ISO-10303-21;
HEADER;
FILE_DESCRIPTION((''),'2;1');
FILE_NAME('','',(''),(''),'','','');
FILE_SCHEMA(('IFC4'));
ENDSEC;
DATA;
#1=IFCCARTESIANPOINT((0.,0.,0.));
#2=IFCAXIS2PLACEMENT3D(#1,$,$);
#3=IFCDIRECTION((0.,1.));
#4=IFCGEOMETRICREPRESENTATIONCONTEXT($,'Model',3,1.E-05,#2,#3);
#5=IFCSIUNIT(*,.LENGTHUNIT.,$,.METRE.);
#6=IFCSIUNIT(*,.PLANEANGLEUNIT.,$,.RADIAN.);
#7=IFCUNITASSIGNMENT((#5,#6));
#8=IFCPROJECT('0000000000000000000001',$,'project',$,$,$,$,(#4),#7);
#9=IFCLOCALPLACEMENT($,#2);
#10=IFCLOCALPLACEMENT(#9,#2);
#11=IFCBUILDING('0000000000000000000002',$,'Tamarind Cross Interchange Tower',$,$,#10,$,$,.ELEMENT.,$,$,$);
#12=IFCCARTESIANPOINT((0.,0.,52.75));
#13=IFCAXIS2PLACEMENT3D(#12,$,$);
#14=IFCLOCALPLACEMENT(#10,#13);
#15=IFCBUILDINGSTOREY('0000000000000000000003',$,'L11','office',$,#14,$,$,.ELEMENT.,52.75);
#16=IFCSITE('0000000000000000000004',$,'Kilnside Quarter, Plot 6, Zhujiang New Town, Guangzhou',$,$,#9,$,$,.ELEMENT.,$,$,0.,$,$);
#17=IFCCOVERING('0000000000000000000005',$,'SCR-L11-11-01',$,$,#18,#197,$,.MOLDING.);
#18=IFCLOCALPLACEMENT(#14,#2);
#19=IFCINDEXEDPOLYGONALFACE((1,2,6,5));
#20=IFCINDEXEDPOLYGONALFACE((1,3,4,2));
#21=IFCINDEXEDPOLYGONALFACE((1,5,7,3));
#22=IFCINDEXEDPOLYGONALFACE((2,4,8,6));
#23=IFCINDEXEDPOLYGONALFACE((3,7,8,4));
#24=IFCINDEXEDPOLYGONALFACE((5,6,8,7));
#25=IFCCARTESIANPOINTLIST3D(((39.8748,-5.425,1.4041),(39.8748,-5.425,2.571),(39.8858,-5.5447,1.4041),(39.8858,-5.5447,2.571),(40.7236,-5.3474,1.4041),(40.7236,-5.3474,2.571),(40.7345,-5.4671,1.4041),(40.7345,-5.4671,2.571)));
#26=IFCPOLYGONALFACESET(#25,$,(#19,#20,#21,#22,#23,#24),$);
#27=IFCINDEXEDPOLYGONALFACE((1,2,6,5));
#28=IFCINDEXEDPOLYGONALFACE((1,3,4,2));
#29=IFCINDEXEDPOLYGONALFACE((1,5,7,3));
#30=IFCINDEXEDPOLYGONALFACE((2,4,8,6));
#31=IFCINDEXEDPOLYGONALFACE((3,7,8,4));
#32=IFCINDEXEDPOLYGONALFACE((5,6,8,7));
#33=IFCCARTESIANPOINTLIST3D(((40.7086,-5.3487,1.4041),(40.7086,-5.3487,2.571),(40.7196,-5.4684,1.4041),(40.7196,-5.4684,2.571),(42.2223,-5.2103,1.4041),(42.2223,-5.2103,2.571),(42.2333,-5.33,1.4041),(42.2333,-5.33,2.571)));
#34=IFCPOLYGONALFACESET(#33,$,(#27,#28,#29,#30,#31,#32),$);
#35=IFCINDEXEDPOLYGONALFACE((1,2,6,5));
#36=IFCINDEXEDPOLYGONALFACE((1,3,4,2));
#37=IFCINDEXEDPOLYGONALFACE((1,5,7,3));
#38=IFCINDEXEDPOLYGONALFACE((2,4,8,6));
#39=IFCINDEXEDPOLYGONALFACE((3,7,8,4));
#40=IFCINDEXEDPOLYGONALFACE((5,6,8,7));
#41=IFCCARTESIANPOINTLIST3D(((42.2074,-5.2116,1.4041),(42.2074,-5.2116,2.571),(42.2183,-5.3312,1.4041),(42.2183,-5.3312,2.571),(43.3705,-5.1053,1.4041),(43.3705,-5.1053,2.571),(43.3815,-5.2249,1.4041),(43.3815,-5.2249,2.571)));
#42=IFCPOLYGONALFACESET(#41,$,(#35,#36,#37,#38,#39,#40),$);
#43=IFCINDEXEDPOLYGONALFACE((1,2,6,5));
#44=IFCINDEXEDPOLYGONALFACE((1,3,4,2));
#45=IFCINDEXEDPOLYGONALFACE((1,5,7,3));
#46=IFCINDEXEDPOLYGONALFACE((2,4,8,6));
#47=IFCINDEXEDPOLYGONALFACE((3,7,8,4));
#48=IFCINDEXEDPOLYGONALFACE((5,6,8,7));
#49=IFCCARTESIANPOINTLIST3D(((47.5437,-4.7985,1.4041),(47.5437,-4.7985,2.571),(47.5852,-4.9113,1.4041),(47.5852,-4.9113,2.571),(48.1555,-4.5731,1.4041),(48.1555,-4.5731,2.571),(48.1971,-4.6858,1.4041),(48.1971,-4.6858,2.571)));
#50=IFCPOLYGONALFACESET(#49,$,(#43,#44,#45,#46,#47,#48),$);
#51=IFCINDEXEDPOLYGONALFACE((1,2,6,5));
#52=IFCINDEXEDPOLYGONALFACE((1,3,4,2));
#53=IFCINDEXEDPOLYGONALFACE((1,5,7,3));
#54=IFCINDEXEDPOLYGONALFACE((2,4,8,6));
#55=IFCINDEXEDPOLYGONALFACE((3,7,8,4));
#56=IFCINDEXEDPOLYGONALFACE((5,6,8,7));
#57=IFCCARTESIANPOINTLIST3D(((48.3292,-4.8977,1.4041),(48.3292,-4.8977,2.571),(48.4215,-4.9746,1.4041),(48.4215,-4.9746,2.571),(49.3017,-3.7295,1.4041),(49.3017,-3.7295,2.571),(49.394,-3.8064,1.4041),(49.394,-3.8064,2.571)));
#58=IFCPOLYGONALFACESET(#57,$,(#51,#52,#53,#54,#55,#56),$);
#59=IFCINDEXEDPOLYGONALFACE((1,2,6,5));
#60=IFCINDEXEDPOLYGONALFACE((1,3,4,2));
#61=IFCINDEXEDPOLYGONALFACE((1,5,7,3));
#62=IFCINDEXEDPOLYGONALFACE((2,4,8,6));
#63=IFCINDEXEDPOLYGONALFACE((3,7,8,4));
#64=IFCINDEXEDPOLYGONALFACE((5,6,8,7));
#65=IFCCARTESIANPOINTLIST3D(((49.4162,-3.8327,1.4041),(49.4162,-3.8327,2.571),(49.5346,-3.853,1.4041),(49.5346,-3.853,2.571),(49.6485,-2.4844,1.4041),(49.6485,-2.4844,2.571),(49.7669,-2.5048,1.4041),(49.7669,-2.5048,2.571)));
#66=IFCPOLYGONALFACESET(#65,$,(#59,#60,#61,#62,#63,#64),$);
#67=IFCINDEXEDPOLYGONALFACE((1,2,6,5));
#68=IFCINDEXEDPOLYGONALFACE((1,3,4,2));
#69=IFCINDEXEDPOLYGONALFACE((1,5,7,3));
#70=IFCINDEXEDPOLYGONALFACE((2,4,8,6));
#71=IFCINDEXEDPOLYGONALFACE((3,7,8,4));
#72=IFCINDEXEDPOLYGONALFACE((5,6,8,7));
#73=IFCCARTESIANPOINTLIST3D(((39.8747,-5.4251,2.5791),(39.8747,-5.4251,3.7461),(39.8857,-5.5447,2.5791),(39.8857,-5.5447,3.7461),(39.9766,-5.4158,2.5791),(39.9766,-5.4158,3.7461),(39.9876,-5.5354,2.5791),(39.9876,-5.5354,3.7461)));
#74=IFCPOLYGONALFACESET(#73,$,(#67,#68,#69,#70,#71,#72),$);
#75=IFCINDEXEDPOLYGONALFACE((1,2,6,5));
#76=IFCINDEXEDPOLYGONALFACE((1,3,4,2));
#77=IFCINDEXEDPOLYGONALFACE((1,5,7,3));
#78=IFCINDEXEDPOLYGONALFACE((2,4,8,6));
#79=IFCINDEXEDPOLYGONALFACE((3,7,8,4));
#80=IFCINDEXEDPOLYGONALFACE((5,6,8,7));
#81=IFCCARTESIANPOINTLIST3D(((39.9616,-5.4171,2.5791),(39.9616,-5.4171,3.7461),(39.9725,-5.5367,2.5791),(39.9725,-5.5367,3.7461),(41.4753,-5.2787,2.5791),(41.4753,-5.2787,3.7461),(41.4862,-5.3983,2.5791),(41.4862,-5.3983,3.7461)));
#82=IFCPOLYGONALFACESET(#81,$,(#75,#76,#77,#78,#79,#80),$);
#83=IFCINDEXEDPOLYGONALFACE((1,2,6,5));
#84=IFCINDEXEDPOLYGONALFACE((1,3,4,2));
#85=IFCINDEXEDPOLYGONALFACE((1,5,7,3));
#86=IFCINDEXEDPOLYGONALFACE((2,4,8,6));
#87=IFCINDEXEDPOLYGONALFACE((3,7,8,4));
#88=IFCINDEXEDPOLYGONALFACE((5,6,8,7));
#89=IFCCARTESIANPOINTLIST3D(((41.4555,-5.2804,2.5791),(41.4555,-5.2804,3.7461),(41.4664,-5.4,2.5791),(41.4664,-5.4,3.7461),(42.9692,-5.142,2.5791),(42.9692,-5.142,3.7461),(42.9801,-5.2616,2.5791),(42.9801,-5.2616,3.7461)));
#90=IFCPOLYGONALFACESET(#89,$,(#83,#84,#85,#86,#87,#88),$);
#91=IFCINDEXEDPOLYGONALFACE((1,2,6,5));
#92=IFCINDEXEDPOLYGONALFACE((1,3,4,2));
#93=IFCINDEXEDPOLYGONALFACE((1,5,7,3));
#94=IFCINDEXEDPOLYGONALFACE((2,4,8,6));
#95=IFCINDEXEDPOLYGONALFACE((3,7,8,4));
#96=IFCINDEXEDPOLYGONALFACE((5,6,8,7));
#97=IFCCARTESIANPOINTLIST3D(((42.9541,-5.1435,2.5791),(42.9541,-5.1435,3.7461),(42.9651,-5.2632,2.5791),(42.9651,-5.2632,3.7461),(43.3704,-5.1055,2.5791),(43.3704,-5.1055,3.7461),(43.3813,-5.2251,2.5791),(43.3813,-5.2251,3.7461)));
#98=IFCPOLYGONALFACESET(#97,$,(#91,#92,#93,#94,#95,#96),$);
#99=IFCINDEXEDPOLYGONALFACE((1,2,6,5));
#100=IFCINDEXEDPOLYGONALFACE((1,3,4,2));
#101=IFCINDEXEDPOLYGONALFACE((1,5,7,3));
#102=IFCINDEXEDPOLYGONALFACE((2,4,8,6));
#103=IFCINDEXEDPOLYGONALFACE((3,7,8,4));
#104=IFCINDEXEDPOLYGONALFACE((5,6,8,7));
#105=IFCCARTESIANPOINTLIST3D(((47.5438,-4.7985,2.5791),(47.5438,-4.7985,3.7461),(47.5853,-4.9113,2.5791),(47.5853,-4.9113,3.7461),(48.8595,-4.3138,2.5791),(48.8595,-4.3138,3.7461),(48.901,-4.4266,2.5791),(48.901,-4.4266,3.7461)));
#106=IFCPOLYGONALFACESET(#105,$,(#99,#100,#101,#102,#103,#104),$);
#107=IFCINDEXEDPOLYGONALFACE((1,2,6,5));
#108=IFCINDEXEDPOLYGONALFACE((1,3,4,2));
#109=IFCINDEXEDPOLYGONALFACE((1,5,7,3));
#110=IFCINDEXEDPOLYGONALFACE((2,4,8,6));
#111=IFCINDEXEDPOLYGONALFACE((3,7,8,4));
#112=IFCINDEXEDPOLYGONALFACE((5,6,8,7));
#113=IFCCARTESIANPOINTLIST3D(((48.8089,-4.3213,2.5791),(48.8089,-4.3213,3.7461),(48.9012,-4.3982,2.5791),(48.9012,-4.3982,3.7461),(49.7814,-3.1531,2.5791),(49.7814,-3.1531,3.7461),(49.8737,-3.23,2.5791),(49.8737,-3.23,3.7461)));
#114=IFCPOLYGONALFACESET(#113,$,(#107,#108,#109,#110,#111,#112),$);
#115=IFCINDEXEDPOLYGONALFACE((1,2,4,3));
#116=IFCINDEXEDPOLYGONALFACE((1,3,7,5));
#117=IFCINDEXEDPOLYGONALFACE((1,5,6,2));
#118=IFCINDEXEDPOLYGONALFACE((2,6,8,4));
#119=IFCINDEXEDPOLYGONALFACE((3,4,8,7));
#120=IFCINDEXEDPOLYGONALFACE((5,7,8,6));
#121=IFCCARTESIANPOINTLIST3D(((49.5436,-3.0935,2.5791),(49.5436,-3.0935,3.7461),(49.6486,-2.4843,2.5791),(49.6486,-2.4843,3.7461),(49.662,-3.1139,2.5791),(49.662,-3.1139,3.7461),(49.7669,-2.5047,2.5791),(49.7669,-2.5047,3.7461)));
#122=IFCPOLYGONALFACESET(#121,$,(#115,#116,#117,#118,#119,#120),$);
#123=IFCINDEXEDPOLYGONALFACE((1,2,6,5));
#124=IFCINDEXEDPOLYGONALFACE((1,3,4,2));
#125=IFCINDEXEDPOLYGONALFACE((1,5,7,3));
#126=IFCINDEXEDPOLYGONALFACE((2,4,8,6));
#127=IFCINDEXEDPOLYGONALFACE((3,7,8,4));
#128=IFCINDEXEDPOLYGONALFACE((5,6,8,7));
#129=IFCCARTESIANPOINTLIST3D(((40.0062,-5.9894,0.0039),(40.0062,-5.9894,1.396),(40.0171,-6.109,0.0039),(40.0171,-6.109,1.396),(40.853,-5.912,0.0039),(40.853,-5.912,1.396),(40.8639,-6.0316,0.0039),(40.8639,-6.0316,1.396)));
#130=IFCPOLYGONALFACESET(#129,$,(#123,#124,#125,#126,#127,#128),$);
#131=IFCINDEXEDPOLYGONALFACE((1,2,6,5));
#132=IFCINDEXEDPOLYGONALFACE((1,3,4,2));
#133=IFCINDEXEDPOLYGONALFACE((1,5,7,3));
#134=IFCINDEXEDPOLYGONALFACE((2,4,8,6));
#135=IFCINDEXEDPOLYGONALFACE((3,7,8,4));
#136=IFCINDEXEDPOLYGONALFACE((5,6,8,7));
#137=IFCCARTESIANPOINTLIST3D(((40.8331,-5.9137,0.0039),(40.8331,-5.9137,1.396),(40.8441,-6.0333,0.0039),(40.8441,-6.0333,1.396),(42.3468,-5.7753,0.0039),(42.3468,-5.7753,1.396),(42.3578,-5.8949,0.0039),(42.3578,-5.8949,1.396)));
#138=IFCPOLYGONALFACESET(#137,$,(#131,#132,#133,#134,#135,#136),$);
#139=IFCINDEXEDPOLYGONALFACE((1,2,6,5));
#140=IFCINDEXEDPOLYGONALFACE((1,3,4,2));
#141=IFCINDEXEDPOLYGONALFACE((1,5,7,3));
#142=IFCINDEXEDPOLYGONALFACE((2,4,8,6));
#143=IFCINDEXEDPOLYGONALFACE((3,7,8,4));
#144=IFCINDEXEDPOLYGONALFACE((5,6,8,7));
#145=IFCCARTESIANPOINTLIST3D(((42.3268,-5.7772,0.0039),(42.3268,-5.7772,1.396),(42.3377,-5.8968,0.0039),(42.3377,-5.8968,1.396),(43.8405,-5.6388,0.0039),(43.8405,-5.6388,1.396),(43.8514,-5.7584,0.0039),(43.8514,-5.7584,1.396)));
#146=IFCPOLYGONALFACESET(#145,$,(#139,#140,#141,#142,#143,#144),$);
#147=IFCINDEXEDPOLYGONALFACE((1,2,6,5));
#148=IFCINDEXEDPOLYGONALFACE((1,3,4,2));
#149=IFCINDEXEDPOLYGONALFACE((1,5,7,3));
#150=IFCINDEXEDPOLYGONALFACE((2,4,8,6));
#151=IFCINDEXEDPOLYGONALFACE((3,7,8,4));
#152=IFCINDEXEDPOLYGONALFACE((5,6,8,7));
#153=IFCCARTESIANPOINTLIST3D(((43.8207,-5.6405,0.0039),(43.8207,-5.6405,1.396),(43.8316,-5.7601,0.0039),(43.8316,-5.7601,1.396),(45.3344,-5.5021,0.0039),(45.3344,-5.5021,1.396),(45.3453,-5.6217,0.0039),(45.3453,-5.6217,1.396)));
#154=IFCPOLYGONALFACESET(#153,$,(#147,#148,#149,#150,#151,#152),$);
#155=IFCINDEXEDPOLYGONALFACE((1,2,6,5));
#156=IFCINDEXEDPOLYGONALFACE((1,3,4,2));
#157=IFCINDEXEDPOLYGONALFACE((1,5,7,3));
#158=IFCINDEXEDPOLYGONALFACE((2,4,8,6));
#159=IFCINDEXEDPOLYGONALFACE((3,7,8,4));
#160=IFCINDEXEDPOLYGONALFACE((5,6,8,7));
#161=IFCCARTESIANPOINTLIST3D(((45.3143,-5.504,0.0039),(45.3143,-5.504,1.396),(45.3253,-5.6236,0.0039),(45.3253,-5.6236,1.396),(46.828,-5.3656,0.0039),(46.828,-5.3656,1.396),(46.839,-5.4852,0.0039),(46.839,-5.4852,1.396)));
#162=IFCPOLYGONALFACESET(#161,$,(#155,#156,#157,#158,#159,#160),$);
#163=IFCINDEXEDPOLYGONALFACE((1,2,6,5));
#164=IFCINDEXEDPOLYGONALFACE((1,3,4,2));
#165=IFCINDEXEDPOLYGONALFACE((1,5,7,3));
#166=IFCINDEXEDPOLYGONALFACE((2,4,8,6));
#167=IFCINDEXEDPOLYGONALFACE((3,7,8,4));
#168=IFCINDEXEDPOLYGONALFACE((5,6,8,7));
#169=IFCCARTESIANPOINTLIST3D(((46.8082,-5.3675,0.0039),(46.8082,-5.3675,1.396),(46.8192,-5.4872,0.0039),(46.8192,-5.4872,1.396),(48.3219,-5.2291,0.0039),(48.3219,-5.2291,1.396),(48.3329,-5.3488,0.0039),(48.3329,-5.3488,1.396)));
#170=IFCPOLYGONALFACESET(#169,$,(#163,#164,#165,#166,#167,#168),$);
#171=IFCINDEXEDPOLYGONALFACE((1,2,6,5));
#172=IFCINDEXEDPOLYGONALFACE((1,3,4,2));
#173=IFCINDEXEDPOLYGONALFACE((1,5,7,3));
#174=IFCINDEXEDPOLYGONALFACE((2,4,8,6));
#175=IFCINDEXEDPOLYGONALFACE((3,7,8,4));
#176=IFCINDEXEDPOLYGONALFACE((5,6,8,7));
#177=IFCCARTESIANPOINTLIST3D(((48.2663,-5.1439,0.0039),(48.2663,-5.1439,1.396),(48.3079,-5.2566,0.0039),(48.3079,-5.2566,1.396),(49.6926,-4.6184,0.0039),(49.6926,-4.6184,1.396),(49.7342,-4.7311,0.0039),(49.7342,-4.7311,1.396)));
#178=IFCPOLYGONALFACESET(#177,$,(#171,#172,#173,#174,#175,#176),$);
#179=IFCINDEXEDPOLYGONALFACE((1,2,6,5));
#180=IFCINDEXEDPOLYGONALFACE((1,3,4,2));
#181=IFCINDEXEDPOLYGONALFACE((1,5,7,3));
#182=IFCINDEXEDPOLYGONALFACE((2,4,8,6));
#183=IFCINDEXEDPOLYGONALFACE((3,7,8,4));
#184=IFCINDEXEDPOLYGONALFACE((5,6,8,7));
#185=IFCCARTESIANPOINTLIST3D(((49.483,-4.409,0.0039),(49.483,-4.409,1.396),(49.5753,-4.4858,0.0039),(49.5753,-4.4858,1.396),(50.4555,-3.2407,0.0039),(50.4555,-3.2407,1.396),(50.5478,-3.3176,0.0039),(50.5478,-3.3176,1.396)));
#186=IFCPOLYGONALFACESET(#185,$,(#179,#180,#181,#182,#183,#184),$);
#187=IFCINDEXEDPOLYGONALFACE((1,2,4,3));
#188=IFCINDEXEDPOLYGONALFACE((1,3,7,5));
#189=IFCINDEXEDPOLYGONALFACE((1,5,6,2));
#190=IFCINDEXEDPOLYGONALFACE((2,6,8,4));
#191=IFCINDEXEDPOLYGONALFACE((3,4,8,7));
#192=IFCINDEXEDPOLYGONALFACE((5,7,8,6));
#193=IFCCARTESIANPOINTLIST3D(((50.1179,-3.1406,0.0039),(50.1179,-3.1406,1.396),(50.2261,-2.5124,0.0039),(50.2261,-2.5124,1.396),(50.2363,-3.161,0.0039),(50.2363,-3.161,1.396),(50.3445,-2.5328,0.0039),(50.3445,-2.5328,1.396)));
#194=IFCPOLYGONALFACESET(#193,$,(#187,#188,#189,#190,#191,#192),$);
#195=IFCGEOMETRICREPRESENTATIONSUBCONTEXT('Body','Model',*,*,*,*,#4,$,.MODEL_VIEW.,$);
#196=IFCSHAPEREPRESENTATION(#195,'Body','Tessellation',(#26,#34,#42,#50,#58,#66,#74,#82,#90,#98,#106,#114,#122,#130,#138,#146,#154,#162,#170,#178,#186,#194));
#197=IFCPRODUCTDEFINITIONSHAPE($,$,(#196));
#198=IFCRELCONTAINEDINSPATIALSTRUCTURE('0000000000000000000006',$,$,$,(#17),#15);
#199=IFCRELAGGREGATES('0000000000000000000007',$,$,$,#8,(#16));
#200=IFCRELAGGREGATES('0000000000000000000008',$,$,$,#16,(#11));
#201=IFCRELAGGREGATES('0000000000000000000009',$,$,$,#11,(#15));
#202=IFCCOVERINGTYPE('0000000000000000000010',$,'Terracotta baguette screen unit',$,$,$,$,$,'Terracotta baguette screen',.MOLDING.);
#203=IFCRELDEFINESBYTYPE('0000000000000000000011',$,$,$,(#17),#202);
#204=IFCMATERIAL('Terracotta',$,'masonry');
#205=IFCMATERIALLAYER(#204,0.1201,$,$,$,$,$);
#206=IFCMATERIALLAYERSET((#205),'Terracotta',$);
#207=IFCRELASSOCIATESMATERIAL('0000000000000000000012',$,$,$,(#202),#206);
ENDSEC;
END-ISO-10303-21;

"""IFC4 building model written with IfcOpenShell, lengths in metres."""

from ifc_helpers import new_model, si_unit, direction, frame, origin, origin_2d, place, context, subcontext, project, spatial, rectangle, extrude, material, layer, layer_set, type_object, element, save


model = new_model("IFC4")

# Units and contexts
model_context = context("Model", 3, precision=1e-05, world=origin(), true_north=direction((0.0, 1.0)))
body_context = subcontext(model_context, "Body", "Model", "MODEL_VIEW")
ifc_project = project(units=[si_unit("LENGTHUNIT", "METRE"), si_unit("PLANEANGLEUNIT", "RADIAN")], contexts=[model_context])

# Site, building, storey
site_placement = place(None, origin())
site = spatial("IfcSite", under=ifc_project, at=site_placement, Name="Kilnside Quarter, Plot 6, Zhujiang New Town, Guangzhou", CompositionType="ELEMENT", RefElevation=0.0)
building_placement = place(site_placement, origin())
building = spatial("IfcBuilding", under=site, at=building_placement, Name="Tamarind Cross Interchange Tower", CompositionType="ELEMENT")
storey_placement = place(building_placement, frame((0.0, 0.0, 52.75)))
storey = spatial("IfcBuildingStorey", under=building, at=storey_placement, Name="L11", Description="office", CompositionType="ELEMENT", Elevation=52.75)

# Covering
ifc_material_1 = material(Name="Terracotta", Category="masonry")
ifc_layer_1 = layer(ifc_material_1, 0.1201)
ifc_layer_set_1 = layer_set([ifc_layer_1], Name="Terracotta")
covering_type = type_object("IfcCoveringType", Name="Terracotta baguette screen unit", ElementType="Terracotta baguette screen", PredefinedType="MOLDING", material=ifc_layer_set_1)
covering_1_placement = place(storey_placement, origin())
element("IfcCovering", 1, at=covering_1_placement, inside=storey, type_object=covering_type, Name="SCR-L11-11-01", PredefinedType="MOLDING", context=body_context, shape_type="SweptSolid", body=[
    extrude(rectangle(XDim=0.8523, YDim=0.1201, at=origin_2d()), frame((40.3047, -5.446, 1.4041), z_axis=(0.0, 0.0, 1.0), x_axis=(0.995846, 0.09105, 0.0)), (0.0, 0.0, 1.0), 1.167),
    extrude(rectangle(XDim=1.52, YDim=0.1201, at=origin_2d()), frame((41.4709, -5.3394, 1.4041), z_axis=(0.0, 0.0, 1.0), x_axis=(0.995846, 0.09105, 0.0)), (0.0, 0.0, 1.0), 1.167),
    extrude(rectangle(XDim=1.168, YDim=0.1201, at=origin_2d()), frame((42.7944, -5.2183, 1.4041), z_axis=(0.0, 0.0, 1.0), x_axis=(0.995846, 0.09105, 0.0)), (0.0, 0.0, 1.0), 1.167),
    extrude(rectangle(XDim=0.6521, YDim=0.1201, at=origin_2d()), frame((47.8704, -4.7422, 1.4041), z_axis=(0.0, 0.0, 1.0), x_axis=(0.938348, 0.345691, 0.0)), (0.0, 0.0, 1.0), 1.167),
    extrude(rectangle(XDim=1.52, YDim=0.1201, at=origin_2d()), frame((48.8616, -4.3521, 1.4041), z_axis=(0.0, 0.0, 1.0), x_axis=(0.639788, 0.768552, 0.0)), (0.0, 0.0, 1.0), 1.167),
    extrude(rectangle(XDim=1.3682, YDim=0.1201, at=origin_2d()), frame((49.5916, -3.1687, 1.4041), z_axis=(0.0, 0.0, 1.0), x_axis=(0.169797, 0.985479, 0.0)), (0.0, 0.0, 1.0), 1.167),
    extrude(rectangle(XDim=0.1023, YDim=0.1201, at=origin_2d()), frame((39.9312, -5.4802, 2.5791), z_axis=(0.0, 0.0, 1.0), x_axis=(0.995846, 0.09105, 0.0)), (0.0, 0.0, 1.0), 1.167),
    extrude(rectangle(XDim=1.52, YDim=0.1201, at=origin_2d()), frame((40.7239, -5.4077, 2.5791), z_axis=(0.0, 0.0, 1.0), x_axis=(0.995846, 0.09105, 0.0)), (0.0, 0.0, 1.0), 1.167),
    extrude(rectangle(XDim=1.52, YDim=0.1201, at=origin_2d()), frame((42.2178, -5.271, 2.5791), z_axis=(0.0, 0.0, 1.0), x_axis=(0.995846, 0.09105, 0.0)), (0.0, 0.0, 1.0), 1.167),
    extrude(rectangle(XDim=0.418, YDim=0.1201, at=origin_2d()), frame((43.1677, -5.1843, 2.5791), z_axis=(0.0, 0.0, 1.0), x_axis=(0.995846, 0.09105, 0.0)), (0.0, 0.0, 1.0), 1.167),
    extrude(rectangle(XDim=1.4021, YDim=0.1201, at=origin_2d()), frame((48.2224, -4.6125, 2.5791), z_axis=(0.0, 0.0, 1.0), x_axis=(0.938348, 0.345691, 0.0)), (0.0, 0.0, 1.0), 1.167),
    extrude(rectangle(XDim=1.52, YDim=0.1201, at=origin_2d()), frame((49.3413, -3.7756, 2.5791), z_axis=(0.0, 0.0, 1.0), x_axis=(0.639788, 0.768552, 0.0)), (0.0, 0.0, 1.0), 1.167),
    extrude(rectangle(XDim=0.6182, YDim=0.1201, at=origin_2d()), frame((49.6553, -2.7991, 2.5791), z_axis=(0.0, 0.0, 1.0), x_axis=(0.169797, 0.985479, 0.0)), (0.0, 0.0, 1.0), 1.167),
    extrude(rectangle(XDim=0.8503, YDim=0.1201, at=origin_2d()), frame((40.4351, -6.0105, 0.0039), z_axis=(0.0, 0.0, 1.0), x_axis=(0.995846, 0.09105, 0.0)), (0.0, 0.0, 1.0), 1.3921),
    extrude(rectangle(XDim=1.52, YDim=0.1201, at=origin_2d()), frame((41.5955, -5.9043, 0.0039), z_axis=(0.0, 0.0, 1.0), x_axis=(0.995846, 0.09105, 0.0)), (0.0, 0.0, 1.0), 1.3921),
    extrude(rectangle(XDim=1.52, YDim=0.1201, at=origin_2d()), frame((43.0891, -5.7678, 0.0039), z_axis=(0.0, 0.0, 1.0), x_axis=(0.995846, 0.09105, 0.0)), (0.0, 0.0, 1.0), 1.3921),
    extrude(rectangle(XDim=1.52, YDim=0.1201, at=origin_2d()), frame((44.583, -5.6311, 0.0039), z_axis=(0.0, 0.0, 1.0), x_axis=(0.995846, 0.09105, 0.0)), (0.0, 0.0, 1.0), 1.3921),
    extrude(rectangle(XDim=1.52, YDim=0.1201, at=origin_2d()), frame((46.0767, -5.4946, 0.0039), z_axis=(0.0, 0.0, 1.0), x_axis=(0.995846, 0.09105, 0.0)), (0.0, 0.0, 1.0), 1.3921),
    extrude(rectangle(XDim=1.52, YDim=0.1201, at=origin_2d()), frame((47.5706, -5.3582, 0.0039), z_axis=(0.0, 0.0, 1.0), x_axis=(0.995846, 0.09105, 0.0)), (0.0, 0.0, 1.0), 1.3921),
    extrude(rectangle(XDim=1.52, YDim=0.1201, at=origin_2d()), frame((49.0002, -4.9375, 0.0039), z_axis=(0.0, 0.0, 1.0), x_axis=(0.938348, 0.345691, 0.0)), (0.0, 0.0, 1.0), 1.3921),
    extrude(rectangle(XDim=1.52, YDim=0.1201, at=origin_2d()), frame((50.0154, -3.8633, 0.0039), z_axis=(0.0, 0.0, 1.0), x_axis=(0.639788, 0.768552, 0.0)), (0.0, 0.0, 1.0), 1.3921),
    extrude(rectangle(XDim=0.6375, YDim=0.1201, at=origin_2d()), frame((50.2312, -2.8367, 0.0039), z_axis=(0.0, 0.0, 1.0), x_axis=(0.169797, 0.985479, 0.0)), (0.0, 0.0, 1.0), 1.3921),
])

save(model, "model.ifc")
